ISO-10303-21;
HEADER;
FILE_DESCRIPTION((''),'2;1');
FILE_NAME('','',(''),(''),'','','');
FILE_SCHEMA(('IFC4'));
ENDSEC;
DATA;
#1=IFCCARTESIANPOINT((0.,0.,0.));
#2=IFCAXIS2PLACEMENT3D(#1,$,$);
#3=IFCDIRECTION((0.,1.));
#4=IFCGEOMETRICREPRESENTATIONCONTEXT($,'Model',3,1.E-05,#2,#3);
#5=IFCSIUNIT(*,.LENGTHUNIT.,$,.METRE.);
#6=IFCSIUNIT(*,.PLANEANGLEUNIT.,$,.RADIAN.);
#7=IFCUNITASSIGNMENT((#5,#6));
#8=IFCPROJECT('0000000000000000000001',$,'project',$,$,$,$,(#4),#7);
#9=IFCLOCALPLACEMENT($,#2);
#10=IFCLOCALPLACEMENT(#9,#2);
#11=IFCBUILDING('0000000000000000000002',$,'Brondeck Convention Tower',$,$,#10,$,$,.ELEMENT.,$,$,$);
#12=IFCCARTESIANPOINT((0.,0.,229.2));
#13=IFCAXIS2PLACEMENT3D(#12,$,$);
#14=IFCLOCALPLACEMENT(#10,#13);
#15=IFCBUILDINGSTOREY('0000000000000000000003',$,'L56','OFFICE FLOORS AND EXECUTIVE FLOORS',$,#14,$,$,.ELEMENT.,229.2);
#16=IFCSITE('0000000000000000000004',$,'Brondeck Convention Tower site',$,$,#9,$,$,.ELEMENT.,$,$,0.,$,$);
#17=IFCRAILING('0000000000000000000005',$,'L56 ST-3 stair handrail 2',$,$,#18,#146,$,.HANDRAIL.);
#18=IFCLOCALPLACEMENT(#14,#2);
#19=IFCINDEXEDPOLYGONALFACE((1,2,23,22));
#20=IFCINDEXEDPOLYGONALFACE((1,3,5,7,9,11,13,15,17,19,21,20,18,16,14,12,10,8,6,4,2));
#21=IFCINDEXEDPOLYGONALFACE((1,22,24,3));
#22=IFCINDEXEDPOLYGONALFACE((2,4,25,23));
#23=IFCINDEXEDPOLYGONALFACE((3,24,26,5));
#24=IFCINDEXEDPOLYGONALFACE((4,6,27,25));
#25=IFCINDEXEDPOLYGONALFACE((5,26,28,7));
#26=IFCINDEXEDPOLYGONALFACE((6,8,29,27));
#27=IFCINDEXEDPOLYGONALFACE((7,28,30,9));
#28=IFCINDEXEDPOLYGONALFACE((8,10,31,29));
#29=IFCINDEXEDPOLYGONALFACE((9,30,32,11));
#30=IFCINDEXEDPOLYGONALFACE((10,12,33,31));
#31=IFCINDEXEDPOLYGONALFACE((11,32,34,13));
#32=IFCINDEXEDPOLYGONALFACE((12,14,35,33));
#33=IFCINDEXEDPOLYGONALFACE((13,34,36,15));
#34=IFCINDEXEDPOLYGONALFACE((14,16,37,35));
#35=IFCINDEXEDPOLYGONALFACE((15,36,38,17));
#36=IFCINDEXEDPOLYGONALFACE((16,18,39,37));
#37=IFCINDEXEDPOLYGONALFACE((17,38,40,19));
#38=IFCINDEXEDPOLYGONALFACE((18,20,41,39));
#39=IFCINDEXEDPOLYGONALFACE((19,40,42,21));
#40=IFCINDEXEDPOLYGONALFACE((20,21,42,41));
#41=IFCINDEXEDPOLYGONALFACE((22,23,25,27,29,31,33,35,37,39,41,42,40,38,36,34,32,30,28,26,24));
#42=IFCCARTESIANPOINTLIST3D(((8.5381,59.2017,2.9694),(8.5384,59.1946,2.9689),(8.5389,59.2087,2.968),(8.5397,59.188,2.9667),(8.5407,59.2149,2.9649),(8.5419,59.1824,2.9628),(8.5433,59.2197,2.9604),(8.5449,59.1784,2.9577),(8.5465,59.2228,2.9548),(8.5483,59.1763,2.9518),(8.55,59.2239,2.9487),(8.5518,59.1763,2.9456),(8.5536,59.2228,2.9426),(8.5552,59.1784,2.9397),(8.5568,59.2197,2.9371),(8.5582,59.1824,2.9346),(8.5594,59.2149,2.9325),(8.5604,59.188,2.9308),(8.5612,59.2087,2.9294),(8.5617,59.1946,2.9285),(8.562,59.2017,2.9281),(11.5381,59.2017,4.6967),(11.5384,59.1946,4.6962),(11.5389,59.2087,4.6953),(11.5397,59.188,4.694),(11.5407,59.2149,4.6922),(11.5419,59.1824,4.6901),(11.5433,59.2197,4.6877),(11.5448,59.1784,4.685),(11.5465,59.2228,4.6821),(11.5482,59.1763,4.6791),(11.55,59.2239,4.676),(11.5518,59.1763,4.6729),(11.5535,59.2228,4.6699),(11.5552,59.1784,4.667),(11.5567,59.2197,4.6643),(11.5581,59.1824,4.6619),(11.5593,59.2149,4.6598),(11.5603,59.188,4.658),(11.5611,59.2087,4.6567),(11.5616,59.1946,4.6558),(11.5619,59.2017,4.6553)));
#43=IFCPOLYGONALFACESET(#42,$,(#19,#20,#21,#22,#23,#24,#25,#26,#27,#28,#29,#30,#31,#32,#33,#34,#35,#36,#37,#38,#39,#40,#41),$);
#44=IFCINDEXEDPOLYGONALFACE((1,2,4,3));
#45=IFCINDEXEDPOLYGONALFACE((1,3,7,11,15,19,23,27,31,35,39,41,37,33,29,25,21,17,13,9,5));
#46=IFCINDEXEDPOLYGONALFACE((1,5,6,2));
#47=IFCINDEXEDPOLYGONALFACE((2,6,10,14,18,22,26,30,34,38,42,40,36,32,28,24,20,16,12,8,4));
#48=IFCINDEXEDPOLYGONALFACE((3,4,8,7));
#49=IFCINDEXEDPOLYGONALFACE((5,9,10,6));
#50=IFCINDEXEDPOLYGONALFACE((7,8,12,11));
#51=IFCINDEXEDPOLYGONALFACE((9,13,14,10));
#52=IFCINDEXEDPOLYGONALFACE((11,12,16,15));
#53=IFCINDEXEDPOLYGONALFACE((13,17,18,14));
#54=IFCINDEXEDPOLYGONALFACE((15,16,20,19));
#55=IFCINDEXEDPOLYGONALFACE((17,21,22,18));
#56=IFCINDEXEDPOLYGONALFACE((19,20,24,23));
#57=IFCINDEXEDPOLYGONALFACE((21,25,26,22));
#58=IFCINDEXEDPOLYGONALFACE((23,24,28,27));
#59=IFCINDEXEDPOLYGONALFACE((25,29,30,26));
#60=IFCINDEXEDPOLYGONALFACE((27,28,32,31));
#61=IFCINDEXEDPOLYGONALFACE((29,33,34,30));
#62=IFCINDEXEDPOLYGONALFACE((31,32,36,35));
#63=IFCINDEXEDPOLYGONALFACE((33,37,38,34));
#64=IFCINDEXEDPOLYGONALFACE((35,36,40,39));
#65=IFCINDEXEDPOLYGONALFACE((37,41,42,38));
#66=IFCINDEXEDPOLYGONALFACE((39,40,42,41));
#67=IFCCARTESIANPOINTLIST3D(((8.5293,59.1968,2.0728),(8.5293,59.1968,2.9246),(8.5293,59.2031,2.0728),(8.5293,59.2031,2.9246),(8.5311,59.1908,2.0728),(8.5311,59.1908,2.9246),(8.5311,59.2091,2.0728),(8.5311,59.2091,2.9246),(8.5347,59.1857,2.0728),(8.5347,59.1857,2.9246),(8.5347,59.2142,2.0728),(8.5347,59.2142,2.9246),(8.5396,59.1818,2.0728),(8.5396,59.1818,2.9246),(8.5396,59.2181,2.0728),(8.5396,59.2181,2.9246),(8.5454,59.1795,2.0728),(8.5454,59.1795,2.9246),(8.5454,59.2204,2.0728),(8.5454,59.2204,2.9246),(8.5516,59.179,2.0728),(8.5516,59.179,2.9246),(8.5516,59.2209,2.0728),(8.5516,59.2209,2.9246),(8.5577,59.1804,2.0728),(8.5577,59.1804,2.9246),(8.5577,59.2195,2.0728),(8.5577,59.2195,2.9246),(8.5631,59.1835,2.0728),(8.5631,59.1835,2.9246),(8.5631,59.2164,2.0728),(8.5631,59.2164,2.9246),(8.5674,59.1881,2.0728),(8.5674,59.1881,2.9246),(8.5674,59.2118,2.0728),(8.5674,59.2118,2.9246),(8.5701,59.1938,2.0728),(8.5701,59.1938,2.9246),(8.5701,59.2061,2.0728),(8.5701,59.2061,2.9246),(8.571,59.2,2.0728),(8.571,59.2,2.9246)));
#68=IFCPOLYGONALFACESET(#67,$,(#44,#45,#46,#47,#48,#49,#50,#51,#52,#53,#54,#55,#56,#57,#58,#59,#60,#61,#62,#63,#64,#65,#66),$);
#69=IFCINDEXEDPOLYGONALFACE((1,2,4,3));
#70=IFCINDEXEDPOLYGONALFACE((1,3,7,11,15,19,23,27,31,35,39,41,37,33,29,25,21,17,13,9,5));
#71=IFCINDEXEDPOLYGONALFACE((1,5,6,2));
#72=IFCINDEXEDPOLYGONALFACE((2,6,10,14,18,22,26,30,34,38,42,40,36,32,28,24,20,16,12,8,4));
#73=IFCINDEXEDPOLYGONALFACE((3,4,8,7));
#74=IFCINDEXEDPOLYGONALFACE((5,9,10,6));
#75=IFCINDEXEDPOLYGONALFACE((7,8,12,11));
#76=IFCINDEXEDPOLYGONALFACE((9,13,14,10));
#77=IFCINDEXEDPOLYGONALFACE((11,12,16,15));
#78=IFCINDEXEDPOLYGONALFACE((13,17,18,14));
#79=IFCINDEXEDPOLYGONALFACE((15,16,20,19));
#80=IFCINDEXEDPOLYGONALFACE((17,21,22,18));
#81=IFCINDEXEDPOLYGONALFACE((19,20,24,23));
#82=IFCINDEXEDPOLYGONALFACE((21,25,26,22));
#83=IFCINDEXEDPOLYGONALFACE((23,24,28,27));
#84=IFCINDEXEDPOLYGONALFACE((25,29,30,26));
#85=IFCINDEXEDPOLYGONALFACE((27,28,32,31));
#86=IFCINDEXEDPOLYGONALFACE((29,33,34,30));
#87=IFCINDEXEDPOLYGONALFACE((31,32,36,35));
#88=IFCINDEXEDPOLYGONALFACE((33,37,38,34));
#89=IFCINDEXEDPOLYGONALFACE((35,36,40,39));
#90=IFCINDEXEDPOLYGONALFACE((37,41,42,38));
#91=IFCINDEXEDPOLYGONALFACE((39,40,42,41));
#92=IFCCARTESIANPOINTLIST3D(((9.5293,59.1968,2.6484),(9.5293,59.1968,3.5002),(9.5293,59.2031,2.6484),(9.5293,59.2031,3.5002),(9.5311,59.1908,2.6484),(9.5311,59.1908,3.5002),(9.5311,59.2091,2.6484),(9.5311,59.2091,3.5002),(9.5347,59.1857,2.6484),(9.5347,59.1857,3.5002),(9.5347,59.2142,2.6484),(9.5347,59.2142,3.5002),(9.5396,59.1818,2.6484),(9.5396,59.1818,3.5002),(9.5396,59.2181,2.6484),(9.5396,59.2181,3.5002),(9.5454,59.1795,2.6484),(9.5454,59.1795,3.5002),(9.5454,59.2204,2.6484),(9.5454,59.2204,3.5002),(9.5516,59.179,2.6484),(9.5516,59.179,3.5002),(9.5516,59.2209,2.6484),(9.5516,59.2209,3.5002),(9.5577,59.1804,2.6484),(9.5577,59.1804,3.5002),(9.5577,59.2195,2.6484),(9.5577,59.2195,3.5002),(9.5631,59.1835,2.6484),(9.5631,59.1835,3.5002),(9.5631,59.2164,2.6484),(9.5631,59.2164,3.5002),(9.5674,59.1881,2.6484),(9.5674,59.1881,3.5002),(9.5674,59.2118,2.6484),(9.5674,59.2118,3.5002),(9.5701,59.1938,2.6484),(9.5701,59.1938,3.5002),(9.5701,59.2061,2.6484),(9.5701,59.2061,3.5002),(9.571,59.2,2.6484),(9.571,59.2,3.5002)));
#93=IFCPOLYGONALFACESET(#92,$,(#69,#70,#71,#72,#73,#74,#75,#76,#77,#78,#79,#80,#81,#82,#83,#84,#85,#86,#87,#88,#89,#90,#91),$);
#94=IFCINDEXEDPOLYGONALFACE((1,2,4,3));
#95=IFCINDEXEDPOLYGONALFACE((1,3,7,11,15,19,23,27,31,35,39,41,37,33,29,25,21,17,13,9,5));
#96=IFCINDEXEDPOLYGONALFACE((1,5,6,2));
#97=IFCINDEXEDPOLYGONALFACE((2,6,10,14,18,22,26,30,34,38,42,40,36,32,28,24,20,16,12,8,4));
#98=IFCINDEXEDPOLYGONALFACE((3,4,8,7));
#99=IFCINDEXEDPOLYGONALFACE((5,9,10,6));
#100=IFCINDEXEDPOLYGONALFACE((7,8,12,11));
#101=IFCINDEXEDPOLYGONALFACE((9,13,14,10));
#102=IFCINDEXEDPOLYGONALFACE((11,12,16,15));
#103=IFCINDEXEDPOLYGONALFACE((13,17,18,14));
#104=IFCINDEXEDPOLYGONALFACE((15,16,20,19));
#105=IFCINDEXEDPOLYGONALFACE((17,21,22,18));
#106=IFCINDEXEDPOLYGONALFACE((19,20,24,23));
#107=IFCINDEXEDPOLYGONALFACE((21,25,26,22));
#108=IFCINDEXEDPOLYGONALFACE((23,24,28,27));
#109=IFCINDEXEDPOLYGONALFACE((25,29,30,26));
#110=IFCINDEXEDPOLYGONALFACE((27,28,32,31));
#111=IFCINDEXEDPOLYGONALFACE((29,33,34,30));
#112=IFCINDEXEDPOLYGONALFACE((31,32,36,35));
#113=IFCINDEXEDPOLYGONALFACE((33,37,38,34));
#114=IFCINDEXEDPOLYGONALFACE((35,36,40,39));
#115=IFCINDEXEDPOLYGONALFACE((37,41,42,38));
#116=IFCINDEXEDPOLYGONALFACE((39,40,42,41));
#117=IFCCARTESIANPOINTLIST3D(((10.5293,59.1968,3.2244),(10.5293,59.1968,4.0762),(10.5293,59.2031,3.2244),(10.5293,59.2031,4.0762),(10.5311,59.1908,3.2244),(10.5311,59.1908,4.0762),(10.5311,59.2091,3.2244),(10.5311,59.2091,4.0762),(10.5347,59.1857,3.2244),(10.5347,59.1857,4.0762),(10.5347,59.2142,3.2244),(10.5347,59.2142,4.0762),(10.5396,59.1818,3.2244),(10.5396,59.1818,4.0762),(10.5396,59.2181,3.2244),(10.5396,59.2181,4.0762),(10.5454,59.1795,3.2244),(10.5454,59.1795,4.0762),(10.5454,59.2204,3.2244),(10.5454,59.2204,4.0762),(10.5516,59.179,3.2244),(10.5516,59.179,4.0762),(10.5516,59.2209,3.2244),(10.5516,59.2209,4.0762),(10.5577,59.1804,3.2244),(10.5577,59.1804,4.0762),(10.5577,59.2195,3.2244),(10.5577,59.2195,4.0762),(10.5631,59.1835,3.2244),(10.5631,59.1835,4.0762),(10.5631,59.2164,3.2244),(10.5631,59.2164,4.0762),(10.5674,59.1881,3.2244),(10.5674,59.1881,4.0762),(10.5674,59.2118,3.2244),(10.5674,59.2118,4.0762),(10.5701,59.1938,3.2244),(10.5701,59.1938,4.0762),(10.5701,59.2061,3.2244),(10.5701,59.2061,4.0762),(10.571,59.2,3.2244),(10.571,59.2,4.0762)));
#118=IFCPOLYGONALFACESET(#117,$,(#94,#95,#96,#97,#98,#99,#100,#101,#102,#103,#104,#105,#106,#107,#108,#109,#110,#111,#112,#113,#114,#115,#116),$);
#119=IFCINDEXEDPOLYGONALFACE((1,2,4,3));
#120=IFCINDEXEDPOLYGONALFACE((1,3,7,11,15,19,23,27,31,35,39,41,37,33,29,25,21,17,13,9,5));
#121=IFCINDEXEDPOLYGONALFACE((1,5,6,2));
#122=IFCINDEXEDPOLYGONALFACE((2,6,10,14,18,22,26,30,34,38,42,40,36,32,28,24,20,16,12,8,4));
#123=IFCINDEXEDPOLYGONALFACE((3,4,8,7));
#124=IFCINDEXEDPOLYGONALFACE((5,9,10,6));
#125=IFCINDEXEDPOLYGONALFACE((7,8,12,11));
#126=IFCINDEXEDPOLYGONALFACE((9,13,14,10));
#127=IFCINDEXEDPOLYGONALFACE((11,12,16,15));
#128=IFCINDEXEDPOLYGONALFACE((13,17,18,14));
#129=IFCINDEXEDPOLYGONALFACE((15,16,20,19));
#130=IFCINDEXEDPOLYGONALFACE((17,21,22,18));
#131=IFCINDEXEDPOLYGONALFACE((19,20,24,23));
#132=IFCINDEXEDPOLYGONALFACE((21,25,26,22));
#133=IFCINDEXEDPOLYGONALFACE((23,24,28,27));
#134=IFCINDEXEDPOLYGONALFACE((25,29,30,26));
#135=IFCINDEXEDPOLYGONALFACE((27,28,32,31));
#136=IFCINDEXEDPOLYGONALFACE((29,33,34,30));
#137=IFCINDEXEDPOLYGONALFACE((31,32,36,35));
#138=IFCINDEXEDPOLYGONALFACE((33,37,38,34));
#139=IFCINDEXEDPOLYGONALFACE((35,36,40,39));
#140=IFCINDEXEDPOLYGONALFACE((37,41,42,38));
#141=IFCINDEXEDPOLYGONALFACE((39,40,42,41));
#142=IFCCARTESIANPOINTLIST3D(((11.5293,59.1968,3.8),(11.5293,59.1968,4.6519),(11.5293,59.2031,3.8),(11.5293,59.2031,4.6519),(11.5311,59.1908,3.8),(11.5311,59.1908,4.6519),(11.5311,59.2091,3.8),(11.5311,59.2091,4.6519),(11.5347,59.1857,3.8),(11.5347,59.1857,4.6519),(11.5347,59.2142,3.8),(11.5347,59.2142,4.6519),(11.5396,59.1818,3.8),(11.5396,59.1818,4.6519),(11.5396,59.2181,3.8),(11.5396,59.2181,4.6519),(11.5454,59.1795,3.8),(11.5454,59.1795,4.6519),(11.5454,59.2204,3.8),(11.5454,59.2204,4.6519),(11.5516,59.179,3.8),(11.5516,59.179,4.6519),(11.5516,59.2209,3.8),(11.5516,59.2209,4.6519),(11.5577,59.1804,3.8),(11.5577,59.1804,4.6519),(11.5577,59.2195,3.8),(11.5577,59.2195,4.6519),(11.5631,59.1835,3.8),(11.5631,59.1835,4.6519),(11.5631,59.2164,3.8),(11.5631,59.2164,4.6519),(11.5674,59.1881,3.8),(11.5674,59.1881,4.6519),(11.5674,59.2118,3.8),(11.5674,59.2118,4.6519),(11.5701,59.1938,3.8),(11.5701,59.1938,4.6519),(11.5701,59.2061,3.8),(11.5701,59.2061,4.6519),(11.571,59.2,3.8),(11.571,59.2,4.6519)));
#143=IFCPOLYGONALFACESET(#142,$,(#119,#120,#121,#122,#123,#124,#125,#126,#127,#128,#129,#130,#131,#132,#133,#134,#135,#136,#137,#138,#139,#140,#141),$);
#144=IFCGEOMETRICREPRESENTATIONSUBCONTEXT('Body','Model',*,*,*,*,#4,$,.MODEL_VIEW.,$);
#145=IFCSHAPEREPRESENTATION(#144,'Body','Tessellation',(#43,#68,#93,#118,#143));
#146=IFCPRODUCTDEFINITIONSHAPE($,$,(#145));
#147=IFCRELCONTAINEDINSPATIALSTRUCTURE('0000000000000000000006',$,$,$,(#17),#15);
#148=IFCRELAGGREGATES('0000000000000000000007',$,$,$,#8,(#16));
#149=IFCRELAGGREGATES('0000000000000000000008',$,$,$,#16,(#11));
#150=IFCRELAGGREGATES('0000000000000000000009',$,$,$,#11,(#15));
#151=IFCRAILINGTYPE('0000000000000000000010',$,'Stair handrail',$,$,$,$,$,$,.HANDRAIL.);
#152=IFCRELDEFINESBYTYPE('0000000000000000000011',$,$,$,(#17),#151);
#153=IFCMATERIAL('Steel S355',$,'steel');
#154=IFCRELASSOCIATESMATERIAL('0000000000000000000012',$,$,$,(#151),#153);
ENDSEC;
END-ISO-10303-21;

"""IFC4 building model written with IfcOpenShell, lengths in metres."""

from ifc_helpers import new_model, si_unit, direction, frame, origin, origin_2d, place, context, subcontext, project, spatial, circle, extrude, material, type_object, element, save


model = new_model("IFC4")

# Units and contexts
model_context = context("Model", 3, precision=1e-05, world=origin(), true_north=direction((0.0, 1.0)))
body_context = subcontext(model_context, "Body", "Model", "MODEL_VIEW")
ifc_project = project(units=[si_unit("LENGTHUNIT", "METRE"), si_unit("PLANEANGLEUNIT", "RADIAN")], contexts=[model_context])

# Site, building, storey
site_placement = place(None, origin())
site = spatial("IfcSite", under=ifc_project, at=site_placement, Name="Brondeck Convention Tower site", CompositionType="ELEMENT", RefElevation=0.0)
building_placement = place(site_placement, origin())
building = spatial("IfcBuilding", under=site, at=building_placement, Name="Brondeck Convention Tower", CompositionType="ELEMENT")
storey_placement = place(building_placement, frame((0.0, 0.0, 229.2)))
storey = spatial("IfcBuildingStorey", under=building, at=storey_placement, Name="L56", Description="OFFICE FLOORS AND EXECUTIVE FLOORS", CompositionType="ELEMENT", Elevation=229.2)

# Railing
ifc_material_1 = material(Name="Steel S355", Category="steel")
railing_type_1 = type_object("IfcRailingType", Name="Stair handrail", PredefinedType="HANDRAIL", material=ifc_material_1)
railing_1_placement = place(storey_placement, frame((8.55, 59.2, 2.0728)))
element("IfcRailing", 1, at=railing_1_placement, inside=storey, type_object=railing_type_1, Name="L56 ST-3 stair handrail 2", PredefinedType="HANDRAIL", context=body_context, shape_type="SweptSolid", body=[
    extrude(circle(Radius=0.0239, at=origin_2d()), frame((0.0, 0.0, 0.876), z_axis=(0.86662, 0.0, 0.498969), x_axis=(0.0, 1.0, 0.0)), (0.0, 0.0, 1.0), 3.4617),
    extrude(circle(Radius=0.021, at=origin_2d()), origin(), (0.0, 0.0, 1.0), 0.8518),
    extrude(circle(Radius=0.021, at=origin_2d()), frame((1.0, 0.0, 0.5757)), (0.0, 0.0, 1.0), 0.8518),
    extrude(circle(Radius=0.021, at=origin_2d()), frame((2.0, 0.0, 1.1516)), (0.0, 0.0, 1.0), 0.8518),
    extrude(circle(Radius=0.021, at=origin_2d()), frame((3.0, 0.0, 1.7273)), (0.0, 0.0, 1.0), 0.8518),
])

save(model, "model.ifc")
